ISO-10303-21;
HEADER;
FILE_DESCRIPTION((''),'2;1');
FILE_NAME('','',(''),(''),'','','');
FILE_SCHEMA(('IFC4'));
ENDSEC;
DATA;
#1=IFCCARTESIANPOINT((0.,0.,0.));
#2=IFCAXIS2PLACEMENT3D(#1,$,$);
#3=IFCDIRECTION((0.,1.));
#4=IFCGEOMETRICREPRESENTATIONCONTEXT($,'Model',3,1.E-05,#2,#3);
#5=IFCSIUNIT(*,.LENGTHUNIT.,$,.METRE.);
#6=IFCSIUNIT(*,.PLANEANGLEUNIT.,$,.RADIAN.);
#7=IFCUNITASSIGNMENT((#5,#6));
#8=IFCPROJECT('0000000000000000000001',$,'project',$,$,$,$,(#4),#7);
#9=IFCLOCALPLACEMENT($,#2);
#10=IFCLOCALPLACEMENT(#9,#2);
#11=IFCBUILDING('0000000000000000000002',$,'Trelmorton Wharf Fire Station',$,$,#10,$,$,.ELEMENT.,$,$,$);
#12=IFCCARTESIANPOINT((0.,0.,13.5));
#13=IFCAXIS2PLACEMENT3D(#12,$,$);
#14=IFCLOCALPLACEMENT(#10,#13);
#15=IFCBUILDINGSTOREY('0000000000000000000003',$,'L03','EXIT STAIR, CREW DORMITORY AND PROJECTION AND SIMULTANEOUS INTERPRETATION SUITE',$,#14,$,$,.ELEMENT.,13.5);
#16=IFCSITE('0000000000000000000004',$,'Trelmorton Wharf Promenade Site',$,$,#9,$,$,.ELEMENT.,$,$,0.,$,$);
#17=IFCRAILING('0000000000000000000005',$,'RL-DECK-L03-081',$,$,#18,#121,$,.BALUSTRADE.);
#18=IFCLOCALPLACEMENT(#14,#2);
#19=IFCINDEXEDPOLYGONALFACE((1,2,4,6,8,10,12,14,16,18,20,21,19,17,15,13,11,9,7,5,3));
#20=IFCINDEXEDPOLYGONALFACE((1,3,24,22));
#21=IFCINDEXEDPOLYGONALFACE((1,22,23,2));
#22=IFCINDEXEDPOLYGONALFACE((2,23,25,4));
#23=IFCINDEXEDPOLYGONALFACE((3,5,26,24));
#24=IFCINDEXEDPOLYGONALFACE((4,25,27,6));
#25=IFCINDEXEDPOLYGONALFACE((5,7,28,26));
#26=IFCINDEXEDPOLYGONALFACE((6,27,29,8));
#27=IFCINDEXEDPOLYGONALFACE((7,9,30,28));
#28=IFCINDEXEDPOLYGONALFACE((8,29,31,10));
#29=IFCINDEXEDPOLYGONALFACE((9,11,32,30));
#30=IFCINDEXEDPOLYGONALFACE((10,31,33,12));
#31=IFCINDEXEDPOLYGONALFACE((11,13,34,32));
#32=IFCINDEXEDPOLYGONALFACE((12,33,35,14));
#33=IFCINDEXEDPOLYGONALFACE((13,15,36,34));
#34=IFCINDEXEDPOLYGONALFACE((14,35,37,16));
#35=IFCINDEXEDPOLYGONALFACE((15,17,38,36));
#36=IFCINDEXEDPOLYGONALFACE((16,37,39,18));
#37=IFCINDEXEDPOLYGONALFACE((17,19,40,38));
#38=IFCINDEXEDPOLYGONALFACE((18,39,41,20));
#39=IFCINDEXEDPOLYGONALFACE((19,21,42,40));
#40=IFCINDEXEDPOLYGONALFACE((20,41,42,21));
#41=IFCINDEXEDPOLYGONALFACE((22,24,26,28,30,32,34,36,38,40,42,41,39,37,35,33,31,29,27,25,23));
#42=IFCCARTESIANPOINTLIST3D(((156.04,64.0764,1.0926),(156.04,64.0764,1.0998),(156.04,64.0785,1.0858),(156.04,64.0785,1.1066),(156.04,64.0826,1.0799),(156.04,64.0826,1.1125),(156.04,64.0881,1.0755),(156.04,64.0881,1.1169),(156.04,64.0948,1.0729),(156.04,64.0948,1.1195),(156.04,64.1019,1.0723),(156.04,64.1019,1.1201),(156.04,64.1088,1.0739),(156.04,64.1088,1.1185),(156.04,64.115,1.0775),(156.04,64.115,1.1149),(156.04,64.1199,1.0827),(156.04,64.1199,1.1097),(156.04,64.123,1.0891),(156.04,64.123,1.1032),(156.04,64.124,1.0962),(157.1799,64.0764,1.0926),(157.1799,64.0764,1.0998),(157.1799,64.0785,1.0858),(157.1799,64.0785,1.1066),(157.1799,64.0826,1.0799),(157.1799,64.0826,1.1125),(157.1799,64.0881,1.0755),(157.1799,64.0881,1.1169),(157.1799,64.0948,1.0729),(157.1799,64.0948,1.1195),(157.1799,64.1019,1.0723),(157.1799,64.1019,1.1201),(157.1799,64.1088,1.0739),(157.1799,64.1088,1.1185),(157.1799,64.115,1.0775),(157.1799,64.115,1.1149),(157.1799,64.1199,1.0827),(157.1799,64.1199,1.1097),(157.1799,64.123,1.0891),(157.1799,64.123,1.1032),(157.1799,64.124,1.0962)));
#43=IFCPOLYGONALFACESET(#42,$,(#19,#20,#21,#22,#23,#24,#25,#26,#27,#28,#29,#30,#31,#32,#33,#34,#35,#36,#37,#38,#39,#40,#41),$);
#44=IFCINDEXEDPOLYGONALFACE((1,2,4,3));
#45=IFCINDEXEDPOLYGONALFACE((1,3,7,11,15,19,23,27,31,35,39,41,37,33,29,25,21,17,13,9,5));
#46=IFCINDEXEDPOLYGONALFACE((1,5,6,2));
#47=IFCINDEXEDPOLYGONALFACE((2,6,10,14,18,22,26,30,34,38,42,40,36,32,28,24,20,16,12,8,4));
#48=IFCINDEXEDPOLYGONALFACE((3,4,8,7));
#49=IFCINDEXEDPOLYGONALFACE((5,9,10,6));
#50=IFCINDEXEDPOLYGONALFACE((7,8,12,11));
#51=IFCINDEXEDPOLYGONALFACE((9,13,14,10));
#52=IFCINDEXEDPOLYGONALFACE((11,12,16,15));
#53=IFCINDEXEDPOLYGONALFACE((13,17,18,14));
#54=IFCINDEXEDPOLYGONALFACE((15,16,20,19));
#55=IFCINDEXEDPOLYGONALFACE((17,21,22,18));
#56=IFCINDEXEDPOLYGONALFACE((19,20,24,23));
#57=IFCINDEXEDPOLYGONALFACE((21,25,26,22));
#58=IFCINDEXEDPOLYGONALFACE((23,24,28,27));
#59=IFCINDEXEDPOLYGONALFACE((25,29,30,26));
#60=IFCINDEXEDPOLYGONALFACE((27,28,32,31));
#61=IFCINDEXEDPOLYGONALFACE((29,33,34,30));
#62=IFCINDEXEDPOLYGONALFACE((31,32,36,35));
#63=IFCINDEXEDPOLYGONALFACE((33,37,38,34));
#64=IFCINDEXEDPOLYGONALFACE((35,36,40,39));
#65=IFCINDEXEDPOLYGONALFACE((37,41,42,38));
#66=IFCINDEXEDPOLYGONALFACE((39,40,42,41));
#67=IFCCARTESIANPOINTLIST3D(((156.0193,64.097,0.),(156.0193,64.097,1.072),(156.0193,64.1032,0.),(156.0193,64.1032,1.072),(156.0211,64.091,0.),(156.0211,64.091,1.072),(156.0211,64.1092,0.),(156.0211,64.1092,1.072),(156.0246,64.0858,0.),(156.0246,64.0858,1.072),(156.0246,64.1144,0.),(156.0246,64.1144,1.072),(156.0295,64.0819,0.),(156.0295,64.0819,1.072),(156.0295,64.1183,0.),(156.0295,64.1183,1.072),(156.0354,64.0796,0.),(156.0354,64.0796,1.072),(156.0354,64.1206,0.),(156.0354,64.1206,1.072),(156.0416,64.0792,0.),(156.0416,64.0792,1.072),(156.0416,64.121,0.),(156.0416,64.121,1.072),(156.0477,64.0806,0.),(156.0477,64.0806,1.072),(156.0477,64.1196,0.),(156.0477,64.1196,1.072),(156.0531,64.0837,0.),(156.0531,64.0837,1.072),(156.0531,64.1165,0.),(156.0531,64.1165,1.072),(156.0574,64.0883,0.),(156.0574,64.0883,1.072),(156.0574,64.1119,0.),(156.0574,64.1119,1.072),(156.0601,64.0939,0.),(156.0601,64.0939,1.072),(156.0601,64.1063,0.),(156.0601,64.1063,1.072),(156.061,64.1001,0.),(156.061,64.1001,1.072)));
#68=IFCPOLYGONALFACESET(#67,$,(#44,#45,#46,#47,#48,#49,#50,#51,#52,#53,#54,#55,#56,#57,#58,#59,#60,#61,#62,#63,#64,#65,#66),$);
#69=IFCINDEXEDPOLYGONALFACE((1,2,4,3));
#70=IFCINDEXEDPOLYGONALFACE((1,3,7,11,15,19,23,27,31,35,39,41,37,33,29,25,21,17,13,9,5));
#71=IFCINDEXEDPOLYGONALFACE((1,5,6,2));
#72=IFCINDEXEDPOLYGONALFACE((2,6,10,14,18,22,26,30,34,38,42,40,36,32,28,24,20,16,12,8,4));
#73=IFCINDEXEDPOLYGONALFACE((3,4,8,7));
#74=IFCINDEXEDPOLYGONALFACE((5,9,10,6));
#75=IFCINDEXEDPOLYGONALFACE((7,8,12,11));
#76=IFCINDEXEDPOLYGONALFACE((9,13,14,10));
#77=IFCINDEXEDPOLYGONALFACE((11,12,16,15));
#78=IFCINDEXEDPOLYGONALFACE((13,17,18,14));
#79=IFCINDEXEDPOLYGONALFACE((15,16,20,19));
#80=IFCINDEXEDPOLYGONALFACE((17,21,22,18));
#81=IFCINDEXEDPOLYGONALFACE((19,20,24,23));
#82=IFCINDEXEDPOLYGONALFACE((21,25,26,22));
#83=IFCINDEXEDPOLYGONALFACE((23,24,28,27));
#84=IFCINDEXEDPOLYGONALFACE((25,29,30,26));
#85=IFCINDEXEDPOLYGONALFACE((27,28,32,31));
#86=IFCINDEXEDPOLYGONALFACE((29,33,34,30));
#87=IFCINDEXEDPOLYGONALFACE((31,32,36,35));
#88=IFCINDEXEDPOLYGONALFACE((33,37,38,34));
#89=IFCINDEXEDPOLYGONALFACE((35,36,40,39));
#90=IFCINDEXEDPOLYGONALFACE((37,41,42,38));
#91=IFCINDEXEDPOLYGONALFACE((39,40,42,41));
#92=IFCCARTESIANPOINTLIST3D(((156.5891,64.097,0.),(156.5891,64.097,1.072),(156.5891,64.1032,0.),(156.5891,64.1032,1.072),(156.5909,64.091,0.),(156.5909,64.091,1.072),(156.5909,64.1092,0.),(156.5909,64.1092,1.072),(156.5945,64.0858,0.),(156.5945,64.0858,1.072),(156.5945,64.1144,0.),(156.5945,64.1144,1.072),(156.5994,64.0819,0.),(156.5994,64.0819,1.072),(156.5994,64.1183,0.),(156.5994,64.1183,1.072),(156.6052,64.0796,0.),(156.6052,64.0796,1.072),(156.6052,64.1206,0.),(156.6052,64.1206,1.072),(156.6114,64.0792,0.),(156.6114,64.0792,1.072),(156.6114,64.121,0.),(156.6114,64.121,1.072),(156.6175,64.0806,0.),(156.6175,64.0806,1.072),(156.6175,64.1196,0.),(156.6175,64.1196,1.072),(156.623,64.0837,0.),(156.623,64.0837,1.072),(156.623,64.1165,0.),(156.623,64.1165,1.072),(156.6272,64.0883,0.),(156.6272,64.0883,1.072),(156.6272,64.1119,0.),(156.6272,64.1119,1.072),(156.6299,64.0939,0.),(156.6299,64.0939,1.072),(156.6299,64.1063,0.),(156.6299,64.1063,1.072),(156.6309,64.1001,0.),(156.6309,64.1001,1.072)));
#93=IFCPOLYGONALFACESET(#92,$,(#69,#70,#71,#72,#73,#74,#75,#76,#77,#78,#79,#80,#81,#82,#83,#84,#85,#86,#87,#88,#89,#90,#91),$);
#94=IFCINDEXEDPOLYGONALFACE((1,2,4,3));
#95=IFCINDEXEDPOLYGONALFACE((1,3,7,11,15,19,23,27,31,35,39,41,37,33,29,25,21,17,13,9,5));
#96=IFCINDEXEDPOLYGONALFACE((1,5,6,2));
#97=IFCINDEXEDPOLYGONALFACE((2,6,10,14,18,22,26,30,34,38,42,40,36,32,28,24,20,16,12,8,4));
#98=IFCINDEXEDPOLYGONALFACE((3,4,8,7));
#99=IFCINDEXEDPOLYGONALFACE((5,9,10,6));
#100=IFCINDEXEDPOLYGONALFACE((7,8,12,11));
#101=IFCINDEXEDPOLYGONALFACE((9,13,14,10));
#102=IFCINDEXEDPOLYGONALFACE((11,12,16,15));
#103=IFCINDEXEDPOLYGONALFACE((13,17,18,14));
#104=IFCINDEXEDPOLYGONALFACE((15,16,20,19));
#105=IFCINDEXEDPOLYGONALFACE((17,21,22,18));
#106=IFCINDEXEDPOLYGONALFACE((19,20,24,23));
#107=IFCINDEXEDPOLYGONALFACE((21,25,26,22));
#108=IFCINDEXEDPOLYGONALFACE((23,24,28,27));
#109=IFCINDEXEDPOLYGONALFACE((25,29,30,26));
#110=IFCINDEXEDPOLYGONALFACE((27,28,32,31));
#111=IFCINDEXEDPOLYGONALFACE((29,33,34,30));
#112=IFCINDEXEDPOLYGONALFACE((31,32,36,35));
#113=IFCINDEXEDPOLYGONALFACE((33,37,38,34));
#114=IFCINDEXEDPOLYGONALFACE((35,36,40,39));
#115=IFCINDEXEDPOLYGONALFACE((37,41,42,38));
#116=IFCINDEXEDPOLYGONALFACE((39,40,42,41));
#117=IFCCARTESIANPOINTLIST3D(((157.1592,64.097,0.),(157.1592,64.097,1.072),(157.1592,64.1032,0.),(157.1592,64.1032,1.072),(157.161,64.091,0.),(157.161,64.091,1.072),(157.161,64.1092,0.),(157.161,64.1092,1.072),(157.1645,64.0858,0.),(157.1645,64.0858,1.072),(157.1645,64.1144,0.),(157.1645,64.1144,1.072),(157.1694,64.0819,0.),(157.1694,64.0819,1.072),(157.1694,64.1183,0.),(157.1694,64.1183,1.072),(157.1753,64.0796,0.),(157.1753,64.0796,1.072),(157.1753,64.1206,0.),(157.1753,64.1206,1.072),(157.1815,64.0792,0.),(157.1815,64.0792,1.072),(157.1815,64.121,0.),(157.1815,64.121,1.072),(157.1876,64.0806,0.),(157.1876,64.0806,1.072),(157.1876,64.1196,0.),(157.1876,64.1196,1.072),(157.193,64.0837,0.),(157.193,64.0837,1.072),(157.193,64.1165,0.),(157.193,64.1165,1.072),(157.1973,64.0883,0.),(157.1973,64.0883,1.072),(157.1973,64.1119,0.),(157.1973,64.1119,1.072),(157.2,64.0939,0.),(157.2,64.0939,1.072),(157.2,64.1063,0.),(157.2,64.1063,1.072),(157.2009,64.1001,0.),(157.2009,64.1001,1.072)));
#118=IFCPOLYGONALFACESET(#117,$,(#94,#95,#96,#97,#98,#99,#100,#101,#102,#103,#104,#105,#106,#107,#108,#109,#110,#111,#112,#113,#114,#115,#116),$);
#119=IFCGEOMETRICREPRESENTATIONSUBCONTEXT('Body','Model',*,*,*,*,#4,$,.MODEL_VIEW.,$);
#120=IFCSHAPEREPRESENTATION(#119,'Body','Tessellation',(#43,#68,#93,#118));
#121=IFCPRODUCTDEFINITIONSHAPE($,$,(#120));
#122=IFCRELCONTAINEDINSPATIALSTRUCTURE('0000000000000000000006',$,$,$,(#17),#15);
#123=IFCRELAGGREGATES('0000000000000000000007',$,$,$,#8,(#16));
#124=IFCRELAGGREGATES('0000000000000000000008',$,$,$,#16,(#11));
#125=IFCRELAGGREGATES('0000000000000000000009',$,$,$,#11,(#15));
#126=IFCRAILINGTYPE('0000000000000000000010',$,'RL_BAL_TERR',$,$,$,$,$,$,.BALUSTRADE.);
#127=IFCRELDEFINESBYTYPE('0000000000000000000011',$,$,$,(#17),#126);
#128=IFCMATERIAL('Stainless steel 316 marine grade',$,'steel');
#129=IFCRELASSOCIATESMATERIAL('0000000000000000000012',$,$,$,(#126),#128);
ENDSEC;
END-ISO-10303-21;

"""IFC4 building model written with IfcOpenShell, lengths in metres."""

from ifc_helpers import new_model, si_unit, direction, frame, origin, origin_2d, place, context, subcontext, project, spatial, circle, extrude, material, type_object, element, save


model = new_model("IFC4")

# Units and contexts
model_context = context("Model", 3, precision=1e-05, world=origin(), true_north=direction((0.0, 1.0)))
body_context = subcontext(model_context, "Body", "Model", "MODEL_VIEW")
ifc_project = project(units=[si_unit("LENGTHUNIT", "METRE"), si_unit("PLANEANGLEUNIT", "RADIAN")], contexts=[model_context])

# Site, building, storey
site_placement = place(None, origin())
site = spatial("IfcSite", under=ifc_project, at=site_placement, Name="Trelmorton Wharf Promenade Site", CompositionType="ELEMENT", RefElevation=0.0)
building_placement = place(site_placement, origin())
building = spatial("IfcBuilding", under=site, at=building_placement, Name="Trelmorton Wharf Fire Station", CompositionType="ELEMENT")
storey_placement = place(building_placement, frame((0.0, 0.0, 13.5)))
storey = spatial("IfcBuildingStorey", under=building, at=storey_placement, Name="L03", Description="EXIT STAIR, CREW DORMITORY AND PROJECTION AND SIMULTANEOUS INTERPRETATION SUITE", CompositionType="ELEMENT", Elevation=13.5)

# Railing
ifc_material_1 = material(Name="Stainless steel 316 marine grade", Category="steel")
railing_type = type_object("IfcRailingType", Name="RL_BAL_TERR", PredefinedType="BALUSTRADE", material=ifc_material_1)
railing_1_placement = place(storey_placement, frame((156.04, 64.1001, 0.0)))
element("IfcRailing", 1, at=railing_1_placement, inside=storey, type_object=railing_type, Name="RL-DECK-L03-081", PredefinedType="BALUSTRADE", context=body_context, shape_type="SweptSolid", body=[
    extrude(circle(Radius=0.0239, at=origin_2d()), frame((0.0, 0.0, 1.0962), z_axis=(1.0, 0.0, 0.0), x_axis=(0.0, 1.0, 0.0)), (0.0, 0.0, 1.0), 1.1399),
    extrude(circle(Radius=0.021, at=origin_2d()), origin(), (0.0, 0.0, 1.0), 1.072),
    extrude(circle(Radius=0.021, at=origin_2d()), frame((0.5698, 0.0, 0.0)), (0.0, 0.0, 1.0), 1.072),
    extrude(circle(Radius=0.021, at=origin_2d()), frame((1.1399, 0.0, 0.0)), (0.0, 0.0, 1.0), 1.072),
])

save(model, "model.ifc")
